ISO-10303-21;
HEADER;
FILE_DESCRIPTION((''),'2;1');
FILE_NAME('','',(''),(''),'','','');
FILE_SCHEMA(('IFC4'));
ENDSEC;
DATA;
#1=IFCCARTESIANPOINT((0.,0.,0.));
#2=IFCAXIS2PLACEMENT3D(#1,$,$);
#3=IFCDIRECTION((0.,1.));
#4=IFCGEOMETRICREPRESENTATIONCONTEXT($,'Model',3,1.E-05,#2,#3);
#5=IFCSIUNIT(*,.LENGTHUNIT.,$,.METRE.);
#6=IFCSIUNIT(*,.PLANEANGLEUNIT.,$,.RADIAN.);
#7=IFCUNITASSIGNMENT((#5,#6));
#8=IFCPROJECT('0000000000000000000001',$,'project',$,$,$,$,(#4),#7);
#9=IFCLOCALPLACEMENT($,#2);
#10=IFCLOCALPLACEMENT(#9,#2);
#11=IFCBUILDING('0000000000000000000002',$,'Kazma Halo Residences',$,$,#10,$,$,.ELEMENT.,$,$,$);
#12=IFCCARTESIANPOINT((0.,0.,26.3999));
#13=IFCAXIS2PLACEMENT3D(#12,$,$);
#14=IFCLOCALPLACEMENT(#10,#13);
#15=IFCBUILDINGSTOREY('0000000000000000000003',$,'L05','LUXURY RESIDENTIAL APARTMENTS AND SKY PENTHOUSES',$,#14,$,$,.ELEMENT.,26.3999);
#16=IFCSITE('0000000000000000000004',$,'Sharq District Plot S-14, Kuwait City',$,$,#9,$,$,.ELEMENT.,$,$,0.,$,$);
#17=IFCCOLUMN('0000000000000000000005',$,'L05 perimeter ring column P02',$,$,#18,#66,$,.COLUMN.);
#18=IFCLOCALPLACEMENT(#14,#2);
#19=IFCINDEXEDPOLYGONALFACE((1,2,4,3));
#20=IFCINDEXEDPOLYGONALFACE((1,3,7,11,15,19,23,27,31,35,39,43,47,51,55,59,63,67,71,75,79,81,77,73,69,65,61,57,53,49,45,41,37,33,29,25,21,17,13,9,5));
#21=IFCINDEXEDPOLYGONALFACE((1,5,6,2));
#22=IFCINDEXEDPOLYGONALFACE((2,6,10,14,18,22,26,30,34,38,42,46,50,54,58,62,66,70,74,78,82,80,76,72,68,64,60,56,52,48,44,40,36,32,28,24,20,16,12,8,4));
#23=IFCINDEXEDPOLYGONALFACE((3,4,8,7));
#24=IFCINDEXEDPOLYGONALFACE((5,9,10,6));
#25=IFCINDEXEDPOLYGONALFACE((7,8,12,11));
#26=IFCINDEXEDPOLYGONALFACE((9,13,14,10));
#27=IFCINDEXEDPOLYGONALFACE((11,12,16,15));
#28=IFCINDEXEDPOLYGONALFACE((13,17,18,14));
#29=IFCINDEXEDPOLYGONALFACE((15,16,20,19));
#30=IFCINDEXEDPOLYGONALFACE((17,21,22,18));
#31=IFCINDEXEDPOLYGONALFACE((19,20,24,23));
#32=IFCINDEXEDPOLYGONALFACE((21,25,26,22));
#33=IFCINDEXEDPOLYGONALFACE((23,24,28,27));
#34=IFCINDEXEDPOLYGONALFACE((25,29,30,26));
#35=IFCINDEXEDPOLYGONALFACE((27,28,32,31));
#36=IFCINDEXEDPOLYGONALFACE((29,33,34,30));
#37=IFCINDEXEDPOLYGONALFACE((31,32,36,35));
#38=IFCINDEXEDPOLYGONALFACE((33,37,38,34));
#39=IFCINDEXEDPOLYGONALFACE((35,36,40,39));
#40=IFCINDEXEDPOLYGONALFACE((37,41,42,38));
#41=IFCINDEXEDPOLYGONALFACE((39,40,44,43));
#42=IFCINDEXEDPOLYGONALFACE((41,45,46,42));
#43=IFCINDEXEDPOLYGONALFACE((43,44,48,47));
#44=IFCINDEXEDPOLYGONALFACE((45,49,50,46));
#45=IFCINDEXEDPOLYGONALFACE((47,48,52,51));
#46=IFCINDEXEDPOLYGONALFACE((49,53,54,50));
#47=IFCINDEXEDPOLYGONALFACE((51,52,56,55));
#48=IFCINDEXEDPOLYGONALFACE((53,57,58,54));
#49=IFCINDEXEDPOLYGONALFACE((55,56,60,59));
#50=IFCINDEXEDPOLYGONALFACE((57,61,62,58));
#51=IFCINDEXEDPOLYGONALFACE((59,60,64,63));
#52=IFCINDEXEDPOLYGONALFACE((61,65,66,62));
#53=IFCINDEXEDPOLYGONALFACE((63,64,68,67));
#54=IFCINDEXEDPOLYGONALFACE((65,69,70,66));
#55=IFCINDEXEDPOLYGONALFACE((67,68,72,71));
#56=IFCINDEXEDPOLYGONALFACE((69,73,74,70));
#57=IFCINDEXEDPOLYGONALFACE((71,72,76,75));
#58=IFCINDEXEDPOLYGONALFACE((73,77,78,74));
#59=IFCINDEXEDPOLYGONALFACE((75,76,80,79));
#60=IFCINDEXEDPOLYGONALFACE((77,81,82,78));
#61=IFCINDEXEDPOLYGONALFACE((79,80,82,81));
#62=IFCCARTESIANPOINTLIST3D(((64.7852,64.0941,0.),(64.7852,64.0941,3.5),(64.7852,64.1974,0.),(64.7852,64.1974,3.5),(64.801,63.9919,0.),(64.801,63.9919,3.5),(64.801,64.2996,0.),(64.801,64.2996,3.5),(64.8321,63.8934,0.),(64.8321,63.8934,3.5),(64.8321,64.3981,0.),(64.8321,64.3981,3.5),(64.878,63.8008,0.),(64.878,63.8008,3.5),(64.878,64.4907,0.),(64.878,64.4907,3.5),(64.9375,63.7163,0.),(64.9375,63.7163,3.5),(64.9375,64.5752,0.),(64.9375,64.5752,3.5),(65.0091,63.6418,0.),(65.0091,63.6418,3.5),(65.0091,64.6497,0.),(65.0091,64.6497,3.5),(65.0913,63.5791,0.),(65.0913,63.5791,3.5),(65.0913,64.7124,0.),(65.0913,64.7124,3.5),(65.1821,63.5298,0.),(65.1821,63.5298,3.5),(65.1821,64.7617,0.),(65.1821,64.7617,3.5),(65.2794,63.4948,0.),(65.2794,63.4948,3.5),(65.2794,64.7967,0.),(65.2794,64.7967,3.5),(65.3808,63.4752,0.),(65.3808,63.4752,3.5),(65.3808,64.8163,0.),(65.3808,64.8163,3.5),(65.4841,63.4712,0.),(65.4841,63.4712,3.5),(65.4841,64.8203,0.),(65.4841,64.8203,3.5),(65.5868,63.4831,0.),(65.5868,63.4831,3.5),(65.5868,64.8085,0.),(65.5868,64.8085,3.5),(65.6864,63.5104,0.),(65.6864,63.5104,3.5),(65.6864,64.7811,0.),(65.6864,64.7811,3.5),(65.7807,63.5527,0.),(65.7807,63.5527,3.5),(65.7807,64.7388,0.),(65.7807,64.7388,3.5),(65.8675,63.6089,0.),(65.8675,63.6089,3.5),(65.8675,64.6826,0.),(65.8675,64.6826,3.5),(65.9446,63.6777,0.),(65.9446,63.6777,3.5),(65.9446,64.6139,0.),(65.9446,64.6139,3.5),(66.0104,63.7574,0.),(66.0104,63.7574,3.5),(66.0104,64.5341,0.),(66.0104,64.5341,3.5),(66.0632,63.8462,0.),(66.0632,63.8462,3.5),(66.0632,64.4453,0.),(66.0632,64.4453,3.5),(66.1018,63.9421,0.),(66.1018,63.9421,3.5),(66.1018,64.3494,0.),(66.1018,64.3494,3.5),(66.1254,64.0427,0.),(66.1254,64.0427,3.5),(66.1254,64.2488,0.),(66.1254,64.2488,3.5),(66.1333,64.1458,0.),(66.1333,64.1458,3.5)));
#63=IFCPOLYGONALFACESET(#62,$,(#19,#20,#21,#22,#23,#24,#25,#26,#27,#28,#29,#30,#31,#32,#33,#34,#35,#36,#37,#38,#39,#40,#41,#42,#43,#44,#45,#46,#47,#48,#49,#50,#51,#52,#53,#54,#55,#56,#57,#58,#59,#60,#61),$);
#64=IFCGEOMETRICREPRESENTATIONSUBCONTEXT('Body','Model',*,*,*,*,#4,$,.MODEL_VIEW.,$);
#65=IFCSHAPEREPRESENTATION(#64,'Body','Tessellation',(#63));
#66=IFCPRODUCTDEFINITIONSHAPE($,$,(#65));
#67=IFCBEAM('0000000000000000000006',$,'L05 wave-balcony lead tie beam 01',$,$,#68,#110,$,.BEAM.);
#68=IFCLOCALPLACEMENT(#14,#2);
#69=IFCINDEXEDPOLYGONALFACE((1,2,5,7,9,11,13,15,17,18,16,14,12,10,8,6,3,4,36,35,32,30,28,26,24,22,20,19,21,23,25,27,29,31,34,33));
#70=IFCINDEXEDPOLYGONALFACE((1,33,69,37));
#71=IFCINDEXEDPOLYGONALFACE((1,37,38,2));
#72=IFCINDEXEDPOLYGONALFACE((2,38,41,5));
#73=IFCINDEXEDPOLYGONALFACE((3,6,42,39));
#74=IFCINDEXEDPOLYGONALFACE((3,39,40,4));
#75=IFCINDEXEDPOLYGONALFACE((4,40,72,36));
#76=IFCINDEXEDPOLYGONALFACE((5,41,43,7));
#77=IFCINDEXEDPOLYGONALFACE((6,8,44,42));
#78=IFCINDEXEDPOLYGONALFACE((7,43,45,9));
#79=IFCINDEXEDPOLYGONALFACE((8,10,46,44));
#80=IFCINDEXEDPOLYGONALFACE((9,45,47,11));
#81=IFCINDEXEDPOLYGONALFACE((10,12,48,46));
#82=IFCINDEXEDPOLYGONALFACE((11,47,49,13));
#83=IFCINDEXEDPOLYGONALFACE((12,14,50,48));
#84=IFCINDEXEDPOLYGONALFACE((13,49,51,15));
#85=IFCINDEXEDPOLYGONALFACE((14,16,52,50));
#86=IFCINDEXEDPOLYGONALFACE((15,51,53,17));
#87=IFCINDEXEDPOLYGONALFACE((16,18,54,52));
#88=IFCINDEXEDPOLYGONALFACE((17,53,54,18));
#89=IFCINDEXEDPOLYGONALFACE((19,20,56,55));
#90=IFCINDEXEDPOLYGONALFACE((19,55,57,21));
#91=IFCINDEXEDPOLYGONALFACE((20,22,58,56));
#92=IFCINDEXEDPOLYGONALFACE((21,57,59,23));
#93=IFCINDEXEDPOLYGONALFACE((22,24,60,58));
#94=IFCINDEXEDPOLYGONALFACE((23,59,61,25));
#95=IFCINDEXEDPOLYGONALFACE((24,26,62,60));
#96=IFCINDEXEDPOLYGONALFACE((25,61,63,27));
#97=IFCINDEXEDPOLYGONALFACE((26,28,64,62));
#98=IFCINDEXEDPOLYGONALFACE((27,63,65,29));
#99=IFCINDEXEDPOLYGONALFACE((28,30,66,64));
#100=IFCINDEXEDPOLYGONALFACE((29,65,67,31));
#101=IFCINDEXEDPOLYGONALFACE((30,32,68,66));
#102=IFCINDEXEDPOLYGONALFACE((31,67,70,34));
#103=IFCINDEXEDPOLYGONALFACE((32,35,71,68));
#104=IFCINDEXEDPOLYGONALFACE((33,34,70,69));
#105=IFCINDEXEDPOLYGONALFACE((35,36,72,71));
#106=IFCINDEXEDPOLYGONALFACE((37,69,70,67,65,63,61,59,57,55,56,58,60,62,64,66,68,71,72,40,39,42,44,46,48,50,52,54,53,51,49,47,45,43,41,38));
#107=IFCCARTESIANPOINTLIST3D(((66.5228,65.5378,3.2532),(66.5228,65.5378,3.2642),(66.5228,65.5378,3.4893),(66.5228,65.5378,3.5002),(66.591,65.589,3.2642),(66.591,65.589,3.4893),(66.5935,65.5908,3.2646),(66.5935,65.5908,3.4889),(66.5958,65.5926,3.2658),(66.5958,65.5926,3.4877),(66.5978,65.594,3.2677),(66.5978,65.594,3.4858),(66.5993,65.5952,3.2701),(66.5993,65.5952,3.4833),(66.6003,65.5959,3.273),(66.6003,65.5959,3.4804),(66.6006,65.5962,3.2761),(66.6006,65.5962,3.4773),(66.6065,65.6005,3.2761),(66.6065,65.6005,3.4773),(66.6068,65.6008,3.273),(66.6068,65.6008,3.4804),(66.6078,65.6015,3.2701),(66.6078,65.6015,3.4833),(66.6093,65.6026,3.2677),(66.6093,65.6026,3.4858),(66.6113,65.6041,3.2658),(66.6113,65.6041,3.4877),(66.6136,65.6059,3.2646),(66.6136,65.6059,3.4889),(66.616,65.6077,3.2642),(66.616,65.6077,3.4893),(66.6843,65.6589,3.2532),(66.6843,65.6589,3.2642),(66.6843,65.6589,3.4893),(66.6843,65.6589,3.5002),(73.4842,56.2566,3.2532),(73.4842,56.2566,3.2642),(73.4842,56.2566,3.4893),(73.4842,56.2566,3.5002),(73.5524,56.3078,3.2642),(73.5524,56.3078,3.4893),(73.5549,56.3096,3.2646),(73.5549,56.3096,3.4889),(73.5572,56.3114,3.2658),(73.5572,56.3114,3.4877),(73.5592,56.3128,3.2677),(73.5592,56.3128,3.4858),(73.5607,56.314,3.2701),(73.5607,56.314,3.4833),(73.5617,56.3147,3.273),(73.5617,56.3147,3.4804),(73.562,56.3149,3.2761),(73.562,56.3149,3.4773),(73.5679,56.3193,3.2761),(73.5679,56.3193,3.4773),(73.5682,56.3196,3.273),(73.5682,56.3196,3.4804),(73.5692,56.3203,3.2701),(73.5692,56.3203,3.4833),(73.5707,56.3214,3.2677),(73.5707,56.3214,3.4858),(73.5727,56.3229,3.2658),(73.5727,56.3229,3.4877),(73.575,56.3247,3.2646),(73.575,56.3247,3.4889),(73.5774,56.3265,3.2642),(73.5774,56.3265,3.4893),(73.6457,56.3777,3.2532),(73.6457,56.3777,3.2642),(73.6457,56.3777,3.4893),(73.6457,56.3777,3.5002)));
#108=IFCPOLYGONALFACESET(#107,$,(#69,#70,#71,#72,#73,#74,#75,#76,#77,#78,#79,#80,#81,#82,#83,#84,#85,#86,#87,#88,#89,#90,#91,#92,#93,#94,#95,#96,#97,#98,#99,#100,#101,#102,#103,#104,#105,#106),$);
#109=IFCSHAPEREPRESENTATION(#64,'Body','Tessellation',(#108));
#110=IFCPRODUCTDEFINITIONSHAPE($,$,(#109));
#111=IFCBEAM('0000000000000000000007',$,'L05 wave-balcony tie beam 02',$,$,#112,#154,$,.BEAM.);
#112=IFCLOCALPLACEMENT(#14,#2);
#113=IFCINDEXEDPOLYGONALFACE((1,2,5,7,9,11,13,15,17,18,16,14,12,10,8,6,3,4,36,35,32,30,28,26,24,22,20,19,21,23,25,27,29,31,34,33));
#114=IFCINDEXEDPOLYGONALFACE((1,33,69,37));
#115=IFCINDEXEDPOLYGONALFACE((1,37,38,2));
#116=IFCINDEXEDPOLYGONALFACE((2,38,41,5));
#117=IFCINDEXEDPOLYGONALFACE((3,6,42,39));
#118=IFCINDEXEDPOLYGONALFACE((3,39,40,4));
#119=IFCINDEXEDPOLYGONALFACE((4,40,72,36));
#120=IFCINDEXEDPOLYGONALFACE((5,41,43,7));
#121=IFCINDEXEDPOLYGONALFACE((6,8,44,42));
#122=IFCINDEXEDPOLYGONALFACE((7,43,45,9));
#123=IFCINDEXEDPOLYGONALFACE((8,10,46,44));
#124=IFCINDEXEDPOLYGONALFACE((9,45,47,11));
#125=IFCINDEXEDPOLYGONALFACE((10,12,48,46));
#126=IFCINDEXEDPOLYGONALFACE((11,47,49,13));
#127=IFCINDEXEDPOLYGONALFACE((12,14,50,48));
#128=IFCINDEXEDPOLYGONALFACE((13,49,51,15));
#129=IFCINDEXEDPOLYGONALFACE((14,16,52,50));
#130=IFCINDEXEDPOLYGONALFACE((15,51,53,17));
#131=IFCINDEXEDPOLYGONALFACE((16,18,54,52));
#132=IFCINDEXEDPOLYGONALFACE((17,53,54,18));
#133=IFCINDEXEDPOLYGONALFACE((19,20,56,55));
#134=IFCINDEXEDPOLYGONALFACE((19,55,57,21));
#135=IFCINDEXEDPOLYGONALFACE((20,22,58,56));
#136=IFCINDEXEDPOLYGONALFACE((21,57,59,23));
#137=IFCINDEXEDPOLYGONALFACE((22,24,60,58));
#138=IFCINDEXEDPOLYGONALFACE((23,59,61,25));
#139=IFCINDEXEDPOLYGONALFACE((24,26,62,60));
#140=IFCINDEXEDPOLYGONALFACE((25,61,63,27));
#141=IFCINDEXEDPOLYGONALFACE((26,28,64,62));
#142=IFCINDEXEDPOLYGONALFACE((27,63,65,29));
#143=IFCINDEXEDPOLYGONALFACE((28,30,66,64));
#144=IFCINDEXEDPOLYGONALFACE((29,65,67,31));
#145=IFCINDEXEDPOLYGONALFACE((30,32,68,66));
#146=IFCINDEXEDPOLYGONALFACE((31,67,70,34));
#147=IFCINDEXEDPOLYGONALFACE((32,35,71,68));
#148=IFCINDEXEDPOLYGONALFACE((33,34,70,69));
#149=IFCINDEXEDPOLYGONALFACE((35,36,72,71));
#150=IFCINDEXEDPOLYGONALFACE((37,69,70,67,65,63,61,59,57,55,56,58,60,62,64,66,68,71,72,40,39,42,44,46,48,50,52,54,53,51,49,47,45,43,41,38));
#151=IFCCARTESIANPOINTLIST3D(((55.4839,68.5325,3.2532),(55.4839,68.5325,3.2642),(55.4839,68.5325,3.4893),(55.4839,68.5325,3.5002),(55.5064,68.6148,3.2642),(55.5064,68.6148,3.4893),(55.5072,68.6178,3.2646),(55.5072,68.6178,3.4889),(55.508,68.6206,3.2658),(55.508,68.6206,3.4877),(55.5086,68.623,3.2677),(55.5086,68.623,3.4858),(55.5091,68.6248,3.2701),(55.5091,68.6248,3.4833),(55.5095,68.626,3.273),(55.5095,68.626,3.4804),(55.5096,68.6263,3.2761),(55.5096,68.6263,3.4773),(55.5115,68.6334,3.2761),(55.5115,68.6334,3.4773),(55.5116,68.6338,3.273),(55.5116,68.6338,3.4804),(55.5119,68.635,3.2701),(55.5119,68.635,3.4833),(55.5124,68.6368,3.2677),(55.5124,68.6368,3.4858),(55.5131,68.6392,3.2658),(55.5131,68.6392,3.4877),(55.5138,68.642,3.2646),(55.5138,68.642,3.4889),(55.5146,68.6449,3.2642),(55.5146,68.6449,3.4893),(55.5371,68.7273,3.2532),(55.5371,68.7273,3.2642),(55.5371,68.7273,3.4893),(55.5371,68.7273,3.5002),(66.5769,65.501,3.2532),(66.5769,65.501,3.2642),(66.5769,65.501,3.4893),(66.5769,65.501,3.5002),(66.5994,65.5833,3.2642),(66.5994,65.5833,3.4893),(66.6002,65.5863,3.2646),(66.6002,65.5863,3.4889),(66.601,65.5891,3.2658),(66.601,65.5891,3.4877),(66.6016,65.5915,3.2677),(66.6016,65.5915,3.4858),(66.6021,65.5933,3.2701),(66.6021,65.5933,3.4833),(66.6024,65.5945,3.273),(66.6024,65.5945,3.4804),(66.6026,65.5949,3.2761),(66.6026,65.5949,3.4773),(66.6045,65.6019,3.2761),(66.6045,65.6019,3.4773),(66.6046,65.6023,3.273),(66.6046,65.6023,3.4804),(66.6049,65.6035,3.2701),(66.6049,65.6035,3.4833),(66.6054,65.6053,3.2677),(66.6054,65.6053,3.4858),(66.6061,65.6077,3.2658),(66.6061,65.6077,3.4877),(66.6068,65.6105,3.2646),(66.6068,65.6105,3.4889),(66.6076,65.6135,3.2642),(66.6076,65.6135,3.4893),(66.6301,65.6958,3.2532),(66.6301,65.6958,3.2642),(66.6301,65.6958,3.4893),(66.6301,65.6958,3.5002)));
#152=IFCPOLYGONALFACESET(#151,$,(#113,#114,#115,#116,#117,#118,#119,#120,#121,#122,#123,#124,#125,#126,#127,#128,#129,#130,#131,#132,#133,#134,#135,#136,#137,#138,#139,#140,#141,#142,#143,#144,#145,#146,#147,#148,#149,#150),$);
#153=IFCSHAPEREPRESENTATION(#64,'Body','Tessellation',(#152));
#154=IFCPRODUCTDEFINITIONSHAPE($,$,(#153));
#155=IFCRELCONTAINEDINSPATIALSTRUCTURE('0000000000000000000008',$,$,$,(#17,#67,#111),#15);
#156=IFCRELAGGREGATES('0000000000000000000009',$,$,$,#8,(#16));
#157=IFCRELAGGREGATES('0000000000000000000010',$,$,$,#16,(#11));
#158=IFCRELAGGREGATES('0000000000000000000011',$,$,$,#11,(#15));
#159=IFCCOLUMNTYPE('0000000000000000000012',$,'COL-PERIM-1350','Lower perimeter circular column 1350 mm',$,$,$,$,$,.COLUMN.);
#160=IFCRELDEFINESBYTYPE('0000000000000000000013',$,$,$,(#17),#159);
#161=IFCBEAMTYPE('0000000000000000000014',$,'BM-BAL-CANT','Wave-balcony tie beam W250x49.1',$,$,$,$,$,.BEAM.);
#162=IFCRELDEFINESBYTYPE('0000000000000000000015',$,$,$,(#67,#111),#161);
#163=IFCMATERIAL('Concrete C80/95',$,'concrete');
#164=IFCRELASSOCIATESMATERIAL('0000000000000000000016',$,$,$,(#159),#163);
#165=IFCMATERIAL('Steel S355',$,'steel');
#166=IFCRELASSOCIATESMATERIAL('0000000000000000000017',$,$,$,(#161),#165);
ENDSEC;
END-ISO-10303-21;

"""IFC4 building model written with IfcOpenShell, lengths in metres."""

from ifc_helpers import new_model, si_unit, direction, frame, origin, origin_2d, place, context, subcontext, project, spatial, circle, i_section, extrude, material, material_profile, profile_set, type_object, element, save


model = new_model("IFC4")

# Units and contexts
model_context = context("Model", 3, precision=1e-05, world=origin(), true_north=direction((0.0, 1.0)))
body_context = subcontext(model_context, "Body", "Model", "MODEL_VIEW")
ifc_project = project(units=[si_unit("LENGTHUNIT", "METRE"), si_unit("PLANEANGLEUNIT", "RADIAN")], contexts=[model_context])

# Site, building, storey
site_placement = place(None, origin())
site = spatial("IfcSite", under=ifc_project, at=site_placement, Name="Sharq District Plot S-14, Kuwait City", CompositionType="ELEMENT", RefElevation=0.0)
building_placement = place(site_placement, origin())
building = spatial("IfcBuilding", under=site, at=building_placement, Name="Kazma Halo Residences", CompositionType="ELEMENT")
storey_placement = place(building_placement, frame((0.0, 0.0, 26.3999)))
storey = spatial("IfcBuildingStorey", under=building, at=storey_placement, Name="L05", Description="LUXURY RESIDENTIAL APARTMENTS AND SKY PENTHOUSES", CompositionType="ELEMENT", Elevation=26.3999)

# Column
ifc_material_1 = material(Name="Concrete C80/95", Category="concrete")
ifc_material_profile_1 = material_profile(ifc_material_1, circle(Radius=0.675, at=origin_2d()), Name="CIRC1350")
ifc_profile_set_1 = profile_set([ifc_material_profile_1], Name="Concrete C80/95")
column_type = type_object("IfcColumnType", Name="COL-PERIM-1350", Description="Lower perimeter circular column 1350 mm", PredefinedType="COLUMN", material=ifc_profile_set_1)
column_placement = place(storey_placement, frame((65.4583, 64.1458, 0.0), z_axis=(0.0, 0.0, 1.0), x_axis=(1.0, 0.0, 0.0)))
element("IfcColumn", 1, at=column_placement, inside=storey, type_object=column_type, Name="L05 perimeter ring column P02", PredefinedType="COLUMN", context=body_context, shape_type="SweptSolid", body=[
    extrude(circle(Radius=0.675, at=origin_2d()), origin(), (0.0, 0.0, 1.0), 3.5),
])

# Beams
ifc_material_2 = material(Name="Steel S355", Category="steel")
ifc_material_profile_2 = material_profile(ifc_material_2, i_section(OverallWidth=0.2019, OverallDepth=0.2471, WebThickness=0.0073, FlangeThickness=0.011, FilletRadius=0.012, at=origin_2d()), Name="W250x49.1")
ifc_profile_set_2 = profile_set([ifc_material_profile_2], Name="Steel S355")
beam_type_1 = type_object("IfcBeamType", Name="BM-BAL-CANT", Description="Wave-balcony tie beam W250x49.1", PredefinedType="BEAM", material=ifc_profile_set_2)
beam_1_placement = place(storey_placement, frame((73.5649, 56.3171, 3.3767), z_axis=(-0.600027, 0.79998, 0.0), x_axis=(-0.79998, -0.600027, 0.0)))
element("IfcBeam", 2, at=beam_1_placement, inside=storey, type_object=beam_type_1, Name="L05 wave-balcony lead tie beam 01", PredefinedType="BEAM", context=body_context, shape_type="SweptSolid", body=[
    extrude(i_section(OverallWidth=0.2019, OverallDepth=0.2471, WebThickness=0.0073, FlangeThickness=0.011, FilletRadius=0.012, at=origin_2d()), origin(), (0.0, 0.0, 1.0), 11.6018),
])
beam_2_placement = place(storey_placement, frame((66.6035, 65.5984, 3.3767), z_axis=(-0.964628, 0.263613, 0.0), x_axis=(-0.263613, -0.964628, 0.0)))
element("IfcBeam", 3, at=beam_2_placement, inside=storey, type_object=beam_type_1, Name="L05 wave-balcony tie beam 02", PredefinedType="BEAM", context=body_context, shape_type="SweptSolid", body=[
    extrude(i_section(OverallWidth=0.2019, OverallDepth=0.2471, WebThickness=0.0073, FlangeThickness=0.011, FilletRadius=0.012, at=origin_2d()), origin(), (0.0, 0.0, 1.0), 11.4998),
])

save(model, "model.ifc")
